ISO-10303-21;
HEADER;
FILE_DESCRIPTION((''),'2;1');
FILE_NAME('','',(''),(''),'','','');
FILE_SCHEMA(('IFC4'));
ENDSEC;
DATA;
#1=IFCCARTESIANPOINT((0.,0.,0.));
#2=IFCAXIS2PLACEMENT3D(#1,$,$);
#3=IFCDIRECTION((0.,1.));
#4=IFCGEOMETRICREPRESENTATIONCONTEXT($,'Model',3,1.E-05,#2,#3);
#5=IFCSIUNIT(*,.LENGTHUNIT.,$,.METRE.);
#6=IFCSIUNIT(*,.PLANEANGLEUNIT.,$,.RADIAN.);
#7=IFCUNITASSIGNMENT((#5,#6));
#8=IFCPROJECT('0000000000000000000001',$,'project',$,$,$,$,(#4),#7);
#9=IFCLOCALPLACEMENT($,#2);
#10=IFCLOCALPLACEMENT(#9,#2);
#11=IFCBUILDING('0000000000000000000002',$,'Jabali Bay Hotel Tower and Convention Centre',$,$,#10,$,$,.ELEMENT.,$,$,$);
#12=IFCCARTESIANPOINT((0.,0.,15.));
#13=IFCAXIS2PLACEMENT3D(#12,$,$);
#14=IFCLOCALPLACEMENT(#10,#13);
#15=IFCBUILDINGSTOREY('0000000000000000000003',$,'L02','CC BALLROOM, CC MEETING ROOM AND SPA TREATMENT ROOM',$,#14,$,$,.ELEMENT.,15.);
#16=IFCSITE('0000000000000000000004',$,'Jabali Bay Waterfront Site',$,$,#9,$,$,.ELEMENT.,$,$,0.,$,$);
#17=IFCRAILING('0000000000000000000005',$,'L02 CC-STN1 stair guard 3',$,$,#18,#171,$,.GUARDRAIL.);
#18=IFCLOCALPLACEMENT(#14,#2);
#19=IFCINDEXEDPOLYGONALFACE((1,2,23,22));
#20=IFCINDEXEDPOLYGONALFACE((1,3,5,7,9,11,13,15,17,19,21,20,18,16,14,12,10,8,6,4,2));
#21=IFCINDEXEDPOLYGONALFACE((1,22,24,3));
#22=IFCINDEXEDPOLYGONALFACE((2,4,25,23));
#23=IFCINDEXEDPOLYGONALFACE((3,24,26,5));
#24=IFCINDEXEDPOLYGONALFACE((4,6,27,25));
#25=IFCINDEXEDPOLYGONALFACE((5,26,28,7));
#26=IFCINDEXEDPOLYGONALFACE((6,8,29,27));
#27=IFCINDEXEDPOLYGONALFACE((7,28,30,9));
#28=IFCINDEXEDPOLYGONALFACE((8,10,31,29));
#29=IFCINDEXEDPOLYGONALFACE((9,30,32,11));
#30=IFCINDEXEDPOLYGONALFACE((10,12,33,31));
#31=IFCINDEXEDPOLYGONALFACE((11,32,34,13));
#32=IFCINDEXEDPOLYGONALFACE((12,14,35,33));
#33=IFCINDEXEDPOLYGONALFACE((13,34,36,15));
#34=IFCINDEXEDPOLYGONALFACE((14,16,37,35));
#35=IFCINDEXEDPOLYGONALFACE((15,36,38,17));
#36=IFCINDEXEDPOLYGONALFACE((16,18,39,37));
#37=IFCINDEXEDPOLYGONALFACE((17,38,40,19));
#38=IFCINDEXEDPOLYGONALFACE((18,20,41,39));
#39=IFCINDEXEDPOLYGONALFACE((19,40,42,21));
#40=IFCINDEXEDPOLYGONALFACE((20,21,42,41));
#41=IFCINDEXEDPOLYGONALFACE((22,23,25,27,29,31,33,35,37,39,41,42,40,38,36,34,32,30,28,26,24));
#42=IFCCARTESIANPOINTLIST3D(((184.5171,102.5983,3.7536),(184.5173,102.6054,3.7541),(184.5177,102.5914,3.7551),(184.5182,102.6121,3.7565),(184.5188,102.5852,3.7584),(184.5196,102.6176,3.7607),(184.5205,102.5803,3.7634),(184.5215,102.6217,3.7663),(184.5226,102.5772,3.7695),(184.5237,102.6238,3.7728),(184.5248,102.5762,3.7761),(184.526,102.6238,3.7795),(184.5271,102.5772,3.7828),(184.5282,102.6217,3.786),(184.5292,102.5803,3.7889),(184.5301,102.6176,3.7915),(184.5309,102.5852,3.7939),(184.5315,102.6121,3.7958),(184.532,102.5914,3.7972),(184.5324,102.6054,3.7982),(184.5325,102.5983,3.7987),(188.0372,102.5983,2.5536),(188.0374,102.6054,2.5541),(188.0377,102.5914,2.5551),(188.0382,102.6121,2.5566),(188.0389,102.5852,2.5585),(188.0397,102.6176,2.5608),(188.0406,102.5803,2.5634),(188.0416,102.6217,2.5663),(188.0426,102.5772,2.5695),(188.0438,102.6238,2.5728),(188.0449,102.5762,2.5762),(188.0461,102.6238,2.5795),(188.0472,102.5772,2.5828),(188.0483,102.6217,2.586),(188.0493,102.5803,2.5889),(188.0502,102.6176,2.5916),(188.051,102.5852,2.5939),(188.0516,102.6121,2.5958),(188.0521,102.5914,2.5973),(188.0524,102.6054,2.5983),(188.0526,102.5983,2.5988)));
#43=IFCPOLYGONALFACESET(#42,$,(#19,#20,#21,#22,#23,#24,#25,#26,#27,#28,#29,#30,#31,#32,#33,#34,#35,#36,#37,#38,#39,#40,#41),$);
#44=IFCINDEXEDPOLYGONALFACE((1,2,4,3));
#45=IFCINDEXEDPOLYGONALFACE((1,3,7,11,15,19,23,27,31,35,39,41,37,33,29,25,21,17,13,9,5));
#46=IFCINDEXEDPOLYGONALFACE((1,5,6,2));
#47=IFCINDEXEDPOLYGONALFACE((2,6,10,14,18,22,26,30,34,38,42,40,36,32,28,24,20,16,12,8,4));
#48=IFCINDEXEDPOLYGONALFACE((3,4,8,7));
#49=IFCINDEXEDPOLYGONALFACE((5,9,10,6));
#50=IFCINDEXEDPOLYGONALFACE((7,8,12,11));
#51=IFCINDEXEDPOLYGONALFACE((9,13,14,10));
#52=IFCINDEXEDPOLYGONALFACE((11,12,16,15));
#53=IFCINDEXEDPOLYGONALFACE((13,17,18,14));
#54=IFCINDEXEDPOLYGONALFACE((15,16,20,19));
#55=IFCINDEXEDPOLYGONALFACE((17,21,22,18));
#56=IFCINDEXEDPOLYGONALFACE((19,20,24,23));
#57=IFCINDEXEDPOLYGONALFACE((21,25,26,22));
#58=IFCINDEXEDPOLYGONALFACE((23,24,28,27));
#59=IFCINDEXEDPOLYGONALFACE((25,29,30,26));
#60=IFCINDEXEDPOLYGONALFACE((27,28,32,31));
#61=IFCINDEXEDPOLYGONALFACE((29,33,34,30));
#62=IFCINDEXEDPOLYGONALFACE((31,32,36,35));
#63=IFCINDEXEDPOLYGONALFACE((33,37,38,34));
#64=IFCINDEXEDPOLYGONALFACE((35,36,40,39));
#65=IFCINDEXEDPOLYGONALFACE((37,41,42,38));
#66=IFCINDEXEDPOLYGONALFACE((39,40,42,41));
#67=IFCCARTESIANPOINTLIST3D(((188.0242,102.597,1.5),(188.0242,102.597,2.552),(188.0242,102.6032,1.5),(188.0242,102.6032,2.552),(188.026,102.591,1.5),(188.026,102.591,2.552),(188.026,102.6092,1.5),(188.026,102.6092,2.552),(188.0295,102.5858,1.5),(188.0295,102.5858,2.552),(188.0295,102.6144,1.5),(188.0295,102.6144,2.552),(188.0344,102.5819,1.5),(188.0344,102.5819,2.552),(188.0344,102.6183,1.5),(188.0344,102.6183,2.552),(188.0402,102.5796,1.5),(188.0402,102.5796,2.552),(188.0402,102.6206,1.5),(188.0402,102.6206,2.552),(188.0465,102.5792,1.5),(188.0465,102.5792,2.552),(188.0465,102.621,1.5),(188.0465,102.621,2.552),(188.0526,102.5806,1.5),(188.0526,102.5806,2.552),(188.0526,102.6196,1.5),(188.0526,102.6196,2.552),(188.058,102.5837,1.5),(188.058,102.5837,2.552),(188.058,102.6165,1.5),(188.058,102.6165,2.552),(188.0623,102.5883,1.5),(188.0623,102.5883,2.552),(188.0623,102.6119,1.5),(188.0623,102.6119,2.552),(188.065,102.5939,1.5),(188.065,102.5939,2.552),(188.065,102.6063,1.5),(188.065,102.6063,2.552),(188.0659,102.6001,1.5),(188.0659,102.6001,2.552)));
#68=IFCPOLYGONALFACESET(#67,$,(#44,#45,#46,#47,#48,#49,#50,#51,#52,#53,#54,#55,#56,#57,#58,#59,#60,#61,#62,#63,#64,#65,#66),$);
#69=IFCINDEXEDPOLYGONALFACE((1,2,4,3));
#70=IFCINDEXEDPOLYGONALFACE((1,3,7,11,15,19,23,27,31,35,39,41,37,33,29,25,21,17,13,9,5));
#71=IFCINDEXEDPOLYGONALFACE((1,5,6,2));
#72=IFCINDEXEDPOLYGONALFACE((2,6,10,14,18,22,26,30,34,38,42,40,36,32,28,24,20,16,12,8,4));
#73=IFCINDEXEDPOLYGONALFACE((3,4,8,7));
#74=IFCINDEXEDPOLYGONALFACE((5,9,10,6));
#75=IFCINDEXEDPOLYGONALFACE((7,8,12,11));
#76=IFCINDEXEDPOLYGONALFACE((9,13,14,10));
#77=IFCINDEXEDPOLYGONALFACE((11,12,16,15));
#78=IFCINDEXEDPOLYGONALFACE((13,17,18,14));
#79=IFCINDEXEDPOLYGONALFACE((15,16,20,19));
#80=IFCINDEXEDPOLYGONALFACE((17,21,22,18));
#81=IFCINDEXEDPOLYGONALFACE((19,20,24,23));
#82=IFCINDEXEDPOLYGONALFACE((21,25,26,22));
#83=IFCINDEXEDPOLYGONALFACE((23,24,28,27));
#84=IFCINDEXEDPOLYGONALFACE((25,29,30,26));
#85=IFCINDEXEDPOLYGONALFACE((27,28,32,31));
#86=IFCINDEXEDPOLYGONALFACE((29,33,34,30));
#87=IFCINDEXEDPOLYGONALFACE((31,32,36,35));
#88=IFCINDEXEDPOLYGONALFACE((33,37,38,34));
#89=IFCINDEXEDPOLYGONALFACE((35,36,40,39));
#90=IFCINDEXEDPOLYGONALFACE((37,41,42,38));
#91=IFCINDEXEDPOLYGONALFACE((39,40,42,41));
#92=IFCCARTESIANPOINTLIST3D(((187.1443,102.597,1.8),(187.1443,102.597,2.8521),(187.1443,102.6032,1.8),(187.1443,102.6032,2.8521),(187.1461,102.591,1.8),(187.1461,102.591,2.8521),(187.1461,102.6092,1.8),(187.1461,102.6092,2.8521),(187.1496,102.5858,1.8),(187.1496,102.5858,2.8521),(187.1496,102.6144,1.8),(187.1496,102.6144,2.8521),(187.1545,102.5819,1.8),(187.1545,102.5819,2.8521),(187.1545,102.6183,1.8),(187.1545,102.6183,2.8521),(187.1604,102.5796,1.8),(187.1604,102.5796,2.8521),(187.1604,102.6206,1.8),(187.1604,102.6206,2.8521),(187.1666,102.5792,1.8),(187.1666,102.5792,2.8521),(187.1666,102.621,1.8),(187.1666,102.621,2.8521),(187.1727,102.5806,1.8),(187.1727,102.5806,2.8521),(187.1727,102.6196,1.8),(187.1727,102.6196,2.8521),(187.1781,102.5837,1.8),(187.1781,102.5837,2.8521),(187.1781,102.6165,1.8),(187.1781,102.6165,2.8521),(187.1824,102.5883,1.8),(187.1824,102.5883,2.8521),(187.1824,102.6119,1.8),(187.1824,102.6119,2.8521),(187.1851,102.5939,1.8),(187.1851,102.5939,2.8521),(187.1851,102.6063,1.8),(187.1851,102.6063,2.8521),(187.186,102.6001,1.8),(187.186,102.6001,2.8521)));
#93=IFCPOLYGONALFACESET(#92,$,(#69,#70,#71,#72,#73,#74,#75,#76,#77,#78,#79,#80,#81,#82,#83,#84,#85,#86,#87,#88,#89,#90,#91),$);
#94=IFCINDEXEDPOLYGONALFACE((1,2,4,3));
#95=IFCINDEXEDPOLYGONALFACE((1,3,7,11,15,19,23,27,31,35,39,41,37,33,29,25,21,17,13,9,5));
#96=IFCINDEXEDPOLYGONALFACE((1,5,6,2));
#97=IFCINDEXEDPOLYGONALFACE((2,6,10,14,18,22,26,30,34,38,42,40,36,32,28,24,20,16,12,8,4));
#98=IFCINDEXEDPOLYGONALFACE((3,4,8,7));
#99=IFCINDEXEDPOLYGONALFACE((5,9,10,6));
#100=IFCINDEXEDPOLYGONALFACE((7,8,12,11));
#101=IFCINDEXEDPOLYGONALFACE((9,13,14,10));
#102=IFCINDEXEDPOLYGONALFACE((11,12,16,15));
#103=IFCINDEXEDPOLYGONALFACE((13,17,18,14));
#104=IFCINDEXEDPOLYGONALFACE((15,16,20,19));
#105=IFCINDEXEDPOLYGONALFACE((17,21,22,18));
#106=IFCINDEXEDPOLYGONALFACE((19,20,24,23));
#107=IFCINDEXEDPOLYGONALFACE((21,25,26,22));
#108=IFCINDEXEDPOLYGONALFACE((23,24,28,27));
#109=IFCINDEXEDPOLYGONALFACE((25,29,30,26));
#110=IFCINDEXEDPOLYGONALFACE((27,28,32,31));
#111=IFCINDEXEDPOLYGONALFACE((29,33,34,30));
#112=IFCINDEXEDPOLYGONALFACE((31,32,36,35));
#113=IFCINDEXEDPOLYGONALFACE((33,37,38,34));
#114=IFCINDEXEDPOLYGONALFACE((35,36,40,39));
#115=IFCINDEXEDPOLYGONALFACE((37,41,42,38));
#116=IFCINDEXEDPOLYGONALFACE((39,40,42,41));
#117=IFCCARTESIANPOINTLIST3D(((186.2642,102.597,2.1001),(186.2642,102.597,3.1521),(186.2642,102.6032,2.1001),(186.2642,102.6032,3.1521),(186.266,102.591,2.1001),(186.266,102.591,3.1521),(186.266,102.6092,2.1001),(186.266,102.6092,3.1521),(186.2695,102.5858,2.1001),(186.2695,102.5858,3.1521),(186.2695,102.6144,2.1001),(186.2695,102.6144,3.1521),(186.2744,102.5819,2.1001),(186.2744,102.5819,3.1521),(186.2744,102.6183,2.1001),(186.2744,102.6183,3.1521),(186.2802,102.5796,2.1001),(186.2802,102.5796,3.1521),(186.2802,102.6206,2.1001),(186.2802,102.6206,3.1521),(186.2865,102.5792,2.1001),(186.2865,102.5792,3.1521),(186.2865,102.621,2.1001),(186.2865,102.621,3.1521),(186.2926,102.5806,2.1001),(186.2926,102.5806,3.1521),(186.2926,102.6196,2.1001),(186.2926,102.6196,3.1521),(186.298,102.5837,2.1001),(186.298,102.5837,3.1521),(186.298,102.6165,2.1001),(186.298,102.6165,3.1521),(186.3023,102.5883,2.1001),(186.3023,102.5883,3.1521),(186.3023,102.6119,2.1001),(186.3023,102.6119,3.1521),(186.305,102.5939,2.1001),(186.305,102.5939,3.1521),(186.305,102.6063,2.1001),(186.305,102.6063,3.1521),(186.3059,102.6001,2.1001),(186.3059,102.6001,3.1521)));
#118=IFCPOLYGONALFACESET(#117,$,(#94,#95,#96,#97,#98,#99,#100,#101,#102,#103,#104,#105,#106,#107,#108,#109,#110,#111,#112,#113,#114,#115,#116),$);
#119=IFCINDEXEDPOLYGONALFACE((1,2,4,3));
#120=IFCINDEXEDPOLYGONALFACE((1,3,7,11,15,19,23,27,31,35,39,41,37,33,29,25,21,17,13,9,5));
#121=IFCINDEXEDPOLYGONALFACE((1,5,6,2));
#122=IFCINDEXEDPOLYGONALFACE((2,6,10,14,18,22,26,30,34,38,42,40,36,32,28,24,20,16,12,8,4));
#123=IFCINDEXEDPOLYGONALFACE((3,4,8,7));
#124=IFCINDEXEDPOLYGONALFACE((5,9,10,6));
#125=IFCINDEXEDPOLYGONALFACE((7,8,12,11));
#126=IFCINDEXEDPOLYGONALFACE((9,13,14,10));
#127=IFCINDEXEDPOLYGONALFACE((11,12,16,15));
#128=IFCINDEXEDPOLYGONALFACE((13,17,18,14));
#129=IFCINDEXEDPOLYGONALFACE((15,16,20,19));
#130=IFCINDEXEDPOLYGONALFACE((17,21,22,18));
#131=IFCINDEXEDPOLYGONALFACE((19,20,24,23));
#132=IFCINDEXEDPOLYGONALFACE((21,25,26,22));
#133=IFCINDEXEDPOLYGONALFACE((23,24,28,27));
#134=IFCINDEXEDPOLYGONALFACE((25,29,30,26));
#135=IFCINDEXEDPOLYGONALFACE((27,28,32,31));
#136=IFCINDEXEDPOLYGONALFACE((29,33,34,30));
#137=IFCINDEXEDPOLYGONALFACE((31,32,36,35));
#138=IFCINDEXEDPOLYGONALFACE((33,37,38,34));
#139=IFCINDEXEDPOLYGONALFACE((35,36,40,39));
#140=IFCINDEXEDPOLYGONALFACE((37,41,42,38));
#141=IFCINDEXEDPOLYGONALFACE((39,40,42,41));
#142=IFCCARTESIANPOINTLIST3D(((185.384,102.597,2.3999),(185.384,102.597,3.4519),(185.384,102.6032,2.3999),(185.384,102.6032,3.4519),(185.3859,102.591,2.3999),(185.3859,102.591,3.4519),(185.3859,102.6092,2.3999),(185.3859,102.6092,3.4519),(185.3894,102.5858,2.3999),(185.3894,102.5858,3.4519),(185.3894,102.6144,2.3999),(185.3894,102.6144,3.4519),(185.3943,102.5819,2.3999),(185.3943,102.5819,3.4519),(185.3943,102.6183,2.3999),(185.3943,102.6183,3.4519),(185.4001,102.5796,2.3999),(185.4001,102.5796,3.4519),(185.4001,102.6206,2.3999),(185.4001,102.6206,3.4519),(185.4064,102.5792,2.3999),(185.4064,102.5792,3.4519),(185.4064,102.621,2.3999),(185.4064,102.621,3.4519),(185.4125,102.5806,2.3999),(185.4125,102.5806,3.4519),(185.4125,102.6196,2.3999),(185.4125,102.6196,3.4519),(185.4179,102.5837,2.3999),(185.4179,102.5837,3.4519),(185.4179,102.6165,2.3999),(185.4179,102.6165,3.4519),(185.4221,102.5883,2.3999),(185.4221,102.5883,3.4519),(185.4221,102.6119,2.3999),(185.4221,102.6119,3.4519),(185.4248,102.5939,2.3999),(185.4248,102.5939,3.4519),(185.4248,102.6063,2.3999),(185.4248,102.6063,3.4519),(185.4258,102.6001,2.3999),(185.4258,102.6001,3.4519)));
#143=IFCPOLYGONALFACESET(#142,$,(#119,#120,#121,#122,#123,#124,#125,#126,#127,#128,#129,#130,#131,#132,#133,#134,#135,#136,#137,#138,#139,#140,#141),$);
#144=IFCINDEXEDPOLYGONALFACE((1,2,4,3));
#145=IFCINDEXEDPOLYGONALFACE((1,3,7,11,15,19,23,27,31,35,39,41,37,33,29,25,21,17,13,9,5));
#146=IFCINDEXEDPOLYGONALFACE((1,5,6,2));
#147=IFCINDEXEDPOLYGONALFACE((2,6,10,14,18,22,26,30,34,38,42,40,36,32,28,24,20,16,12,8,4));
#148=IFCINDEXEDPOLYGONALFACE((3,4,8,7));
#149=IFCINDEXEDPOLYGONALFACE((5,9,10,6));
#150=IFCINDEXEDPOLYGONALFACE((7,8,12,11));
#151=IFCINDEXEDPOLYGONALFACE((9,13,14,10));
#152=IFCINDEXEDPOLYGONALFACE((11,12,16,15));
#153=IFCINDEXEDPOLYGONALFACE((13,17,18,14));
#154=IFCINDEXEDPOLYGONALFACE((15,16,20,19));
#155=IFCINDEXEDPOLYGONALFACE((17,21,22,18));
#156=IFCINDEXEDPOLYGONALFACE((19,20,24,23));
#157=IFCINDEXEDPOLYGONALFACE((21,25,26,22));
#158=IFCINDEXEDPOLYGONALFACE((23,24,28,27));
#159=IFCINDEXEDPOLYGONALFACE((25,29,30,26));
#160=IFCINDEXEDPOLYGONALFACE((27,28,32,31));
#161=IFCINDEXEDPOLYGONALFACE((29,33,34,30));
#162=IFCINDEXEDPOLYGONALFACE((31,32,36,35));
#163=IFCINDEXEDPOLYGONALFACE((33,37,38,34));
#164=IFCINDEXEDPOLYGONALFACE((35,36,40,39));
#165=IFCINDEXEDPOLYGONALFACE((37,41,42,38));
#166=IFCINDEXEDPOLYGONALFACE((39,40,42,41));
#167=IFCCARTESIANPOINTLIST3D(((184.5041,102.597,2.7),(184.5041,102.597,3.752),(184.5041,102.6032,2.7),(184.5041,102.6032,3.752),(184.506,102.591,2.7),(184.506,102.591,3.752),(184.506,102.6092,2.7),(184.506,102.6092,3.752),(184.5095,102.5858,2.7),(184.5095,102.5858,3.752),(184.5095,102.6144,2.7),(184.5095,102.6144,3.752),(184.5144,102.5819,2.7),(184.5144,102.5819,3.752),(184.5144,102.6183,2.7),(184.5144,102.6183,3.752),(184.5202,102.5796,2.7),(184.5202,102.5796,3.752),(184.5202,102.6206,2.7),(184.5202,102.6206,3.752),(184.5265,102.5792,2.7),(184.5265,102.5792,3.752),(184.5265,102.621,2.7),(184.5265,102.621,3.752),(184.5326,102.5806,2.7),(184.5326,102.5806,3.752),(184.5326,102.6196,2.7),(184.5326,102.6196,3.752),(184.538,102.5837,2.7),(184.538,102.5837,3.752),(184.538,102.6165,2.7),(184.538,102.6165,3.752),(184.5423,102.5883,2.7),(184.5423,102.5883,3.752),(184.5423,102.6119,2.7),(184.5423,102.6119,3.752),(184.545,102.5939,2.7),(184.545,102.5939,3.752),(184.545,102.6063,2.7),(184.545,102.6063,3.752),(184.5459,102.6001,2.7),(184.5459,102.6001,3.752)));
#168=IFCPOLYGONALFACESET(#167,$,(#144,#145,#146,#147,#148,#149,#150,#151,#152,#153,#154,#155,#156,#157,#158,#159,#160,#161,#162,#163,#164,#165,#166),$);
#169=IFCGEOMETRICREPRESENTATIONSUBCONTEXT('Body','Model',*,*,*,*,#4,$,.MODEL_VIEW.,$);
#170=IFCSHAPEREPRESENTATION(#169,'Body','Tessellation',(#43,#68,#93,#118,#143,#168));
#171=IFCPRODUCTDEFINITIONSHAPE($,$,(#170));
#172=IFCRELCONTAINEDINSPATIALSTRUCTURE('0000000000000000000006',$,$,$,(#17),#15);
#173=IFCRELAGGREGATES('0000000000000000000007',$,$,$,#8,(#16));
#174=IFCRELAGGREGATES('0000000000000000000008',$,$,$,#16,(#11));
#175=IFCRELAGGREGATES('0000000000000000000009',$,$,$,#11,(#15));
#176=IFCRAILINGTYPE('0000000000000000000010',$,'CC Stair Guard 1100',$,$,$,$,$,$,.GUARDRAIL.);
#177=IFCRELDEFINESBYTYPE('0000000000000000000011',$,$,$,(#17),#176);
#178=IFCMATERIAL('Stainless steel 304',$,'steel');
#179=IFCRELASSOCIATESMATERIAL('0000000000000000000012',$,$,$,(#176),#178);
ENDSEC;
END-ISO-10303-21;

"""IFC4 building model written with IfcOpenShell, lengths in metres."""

from ifc_helpers import new_model, si_unit, direction, frame, origin, origin_2d, place, context, subcontext, project, spatial, circle, extrude, material, type_object, element, save


model = new_model("IFC4")

# Units and contexts
model_context = context("Model", 3, precision=1e-05, world=origin(), true_north=direction((0.0, 1.0)))
body_context = subcontext(model_context, "Body", "Model", "MODEL_VIEW")
ifc_project = project(units=[si_unit("LENGTHUNIT", "METRE"), si_unit("PLANEANGLEUNIT", "RADIAN")], contexts=[model_context])

# Site, building, storey
site_placement = place(None, origin())
site = spatial("IfcSite", under=ifc_project, at=site_placement, Name="Jabali Bay Waterfront Site", CompositionType="ELEMENT", RefElevation=0.0)
building_placement = place(site_placement, origin())
building = spatial("IfcBuilding", under=site, at=building_placement, Name="Jabali Bay Hotel Tower and Convention Centre", CompositionType="ELEMENT")
storey_placement = place(building_placement, frame((0.0, 0.0, 15.0)))
storey = spatial("IfcBuildingStorey", under=building, at=storey_placement, Name="L02", Description="CC BALLROOM, CC MEETING ROOM AND SPA TREATMENT ROOM", CompositionType="ELEMENT", Elevation=15.0)

# Railing
ifc_material_1 = material(Name="Stainless steel 304", Category="steel")
railing_type = type_object("IfcRailingType", Name="CC Stair Guard 1100", PredefinedType="GUARDRAIL", material=ifc_material_1)
railing_1_placement = place(storey_placement, frame((188.0449, 102.6001, 1.5)))
element("IfcRailing", 1, at=railing_1_placement, inside=storey, type_object=railing_type, Name="L02 CC-STN1 stair guard 3", PredefinedType="GUARDRAIL", context=body_context, shape_type="SweptSolid", body=[
    extrude(circle(Radius=0.0239, at=origin_2d()), frame((0.0, 0.0, 1.0762), z_axis=(-0.946515, 0.0, 0.322661), x_axis=(0.0, -1.0, 0.0)), (0.0, 0.0, 1.0), 3.719),
    extrude(circle(Radius=0.021, at=origin_2d()), origin(), (0.0, 0.0, 1.0), 1.052),
    extrude(circle(Radius=0.021, at=origin_2d()), frame((-0.8799, 0.0, 0.3)), (0.0, 0.0, 1.0), 1.052),
    extrude(circle(Radius=0.021, at=origin_2d()), frame((-1.76, 0.0, 0.6001)), (0.0, 0.0, 1.0), 1.052),
    extrude(circle(Radius=0.021, at=origin_2d()), frame((-2.6401, 0.0, 0.8999)), (0.0, 0.0, 1.0), 1.052),
    extrude(circle(Radius=0.021, at=origin_2d()), frame((-3.52, 0.0, 1.2)), (0.0, 0.0, 1.0), 1.052),
])

save(model, "model.ifc")
